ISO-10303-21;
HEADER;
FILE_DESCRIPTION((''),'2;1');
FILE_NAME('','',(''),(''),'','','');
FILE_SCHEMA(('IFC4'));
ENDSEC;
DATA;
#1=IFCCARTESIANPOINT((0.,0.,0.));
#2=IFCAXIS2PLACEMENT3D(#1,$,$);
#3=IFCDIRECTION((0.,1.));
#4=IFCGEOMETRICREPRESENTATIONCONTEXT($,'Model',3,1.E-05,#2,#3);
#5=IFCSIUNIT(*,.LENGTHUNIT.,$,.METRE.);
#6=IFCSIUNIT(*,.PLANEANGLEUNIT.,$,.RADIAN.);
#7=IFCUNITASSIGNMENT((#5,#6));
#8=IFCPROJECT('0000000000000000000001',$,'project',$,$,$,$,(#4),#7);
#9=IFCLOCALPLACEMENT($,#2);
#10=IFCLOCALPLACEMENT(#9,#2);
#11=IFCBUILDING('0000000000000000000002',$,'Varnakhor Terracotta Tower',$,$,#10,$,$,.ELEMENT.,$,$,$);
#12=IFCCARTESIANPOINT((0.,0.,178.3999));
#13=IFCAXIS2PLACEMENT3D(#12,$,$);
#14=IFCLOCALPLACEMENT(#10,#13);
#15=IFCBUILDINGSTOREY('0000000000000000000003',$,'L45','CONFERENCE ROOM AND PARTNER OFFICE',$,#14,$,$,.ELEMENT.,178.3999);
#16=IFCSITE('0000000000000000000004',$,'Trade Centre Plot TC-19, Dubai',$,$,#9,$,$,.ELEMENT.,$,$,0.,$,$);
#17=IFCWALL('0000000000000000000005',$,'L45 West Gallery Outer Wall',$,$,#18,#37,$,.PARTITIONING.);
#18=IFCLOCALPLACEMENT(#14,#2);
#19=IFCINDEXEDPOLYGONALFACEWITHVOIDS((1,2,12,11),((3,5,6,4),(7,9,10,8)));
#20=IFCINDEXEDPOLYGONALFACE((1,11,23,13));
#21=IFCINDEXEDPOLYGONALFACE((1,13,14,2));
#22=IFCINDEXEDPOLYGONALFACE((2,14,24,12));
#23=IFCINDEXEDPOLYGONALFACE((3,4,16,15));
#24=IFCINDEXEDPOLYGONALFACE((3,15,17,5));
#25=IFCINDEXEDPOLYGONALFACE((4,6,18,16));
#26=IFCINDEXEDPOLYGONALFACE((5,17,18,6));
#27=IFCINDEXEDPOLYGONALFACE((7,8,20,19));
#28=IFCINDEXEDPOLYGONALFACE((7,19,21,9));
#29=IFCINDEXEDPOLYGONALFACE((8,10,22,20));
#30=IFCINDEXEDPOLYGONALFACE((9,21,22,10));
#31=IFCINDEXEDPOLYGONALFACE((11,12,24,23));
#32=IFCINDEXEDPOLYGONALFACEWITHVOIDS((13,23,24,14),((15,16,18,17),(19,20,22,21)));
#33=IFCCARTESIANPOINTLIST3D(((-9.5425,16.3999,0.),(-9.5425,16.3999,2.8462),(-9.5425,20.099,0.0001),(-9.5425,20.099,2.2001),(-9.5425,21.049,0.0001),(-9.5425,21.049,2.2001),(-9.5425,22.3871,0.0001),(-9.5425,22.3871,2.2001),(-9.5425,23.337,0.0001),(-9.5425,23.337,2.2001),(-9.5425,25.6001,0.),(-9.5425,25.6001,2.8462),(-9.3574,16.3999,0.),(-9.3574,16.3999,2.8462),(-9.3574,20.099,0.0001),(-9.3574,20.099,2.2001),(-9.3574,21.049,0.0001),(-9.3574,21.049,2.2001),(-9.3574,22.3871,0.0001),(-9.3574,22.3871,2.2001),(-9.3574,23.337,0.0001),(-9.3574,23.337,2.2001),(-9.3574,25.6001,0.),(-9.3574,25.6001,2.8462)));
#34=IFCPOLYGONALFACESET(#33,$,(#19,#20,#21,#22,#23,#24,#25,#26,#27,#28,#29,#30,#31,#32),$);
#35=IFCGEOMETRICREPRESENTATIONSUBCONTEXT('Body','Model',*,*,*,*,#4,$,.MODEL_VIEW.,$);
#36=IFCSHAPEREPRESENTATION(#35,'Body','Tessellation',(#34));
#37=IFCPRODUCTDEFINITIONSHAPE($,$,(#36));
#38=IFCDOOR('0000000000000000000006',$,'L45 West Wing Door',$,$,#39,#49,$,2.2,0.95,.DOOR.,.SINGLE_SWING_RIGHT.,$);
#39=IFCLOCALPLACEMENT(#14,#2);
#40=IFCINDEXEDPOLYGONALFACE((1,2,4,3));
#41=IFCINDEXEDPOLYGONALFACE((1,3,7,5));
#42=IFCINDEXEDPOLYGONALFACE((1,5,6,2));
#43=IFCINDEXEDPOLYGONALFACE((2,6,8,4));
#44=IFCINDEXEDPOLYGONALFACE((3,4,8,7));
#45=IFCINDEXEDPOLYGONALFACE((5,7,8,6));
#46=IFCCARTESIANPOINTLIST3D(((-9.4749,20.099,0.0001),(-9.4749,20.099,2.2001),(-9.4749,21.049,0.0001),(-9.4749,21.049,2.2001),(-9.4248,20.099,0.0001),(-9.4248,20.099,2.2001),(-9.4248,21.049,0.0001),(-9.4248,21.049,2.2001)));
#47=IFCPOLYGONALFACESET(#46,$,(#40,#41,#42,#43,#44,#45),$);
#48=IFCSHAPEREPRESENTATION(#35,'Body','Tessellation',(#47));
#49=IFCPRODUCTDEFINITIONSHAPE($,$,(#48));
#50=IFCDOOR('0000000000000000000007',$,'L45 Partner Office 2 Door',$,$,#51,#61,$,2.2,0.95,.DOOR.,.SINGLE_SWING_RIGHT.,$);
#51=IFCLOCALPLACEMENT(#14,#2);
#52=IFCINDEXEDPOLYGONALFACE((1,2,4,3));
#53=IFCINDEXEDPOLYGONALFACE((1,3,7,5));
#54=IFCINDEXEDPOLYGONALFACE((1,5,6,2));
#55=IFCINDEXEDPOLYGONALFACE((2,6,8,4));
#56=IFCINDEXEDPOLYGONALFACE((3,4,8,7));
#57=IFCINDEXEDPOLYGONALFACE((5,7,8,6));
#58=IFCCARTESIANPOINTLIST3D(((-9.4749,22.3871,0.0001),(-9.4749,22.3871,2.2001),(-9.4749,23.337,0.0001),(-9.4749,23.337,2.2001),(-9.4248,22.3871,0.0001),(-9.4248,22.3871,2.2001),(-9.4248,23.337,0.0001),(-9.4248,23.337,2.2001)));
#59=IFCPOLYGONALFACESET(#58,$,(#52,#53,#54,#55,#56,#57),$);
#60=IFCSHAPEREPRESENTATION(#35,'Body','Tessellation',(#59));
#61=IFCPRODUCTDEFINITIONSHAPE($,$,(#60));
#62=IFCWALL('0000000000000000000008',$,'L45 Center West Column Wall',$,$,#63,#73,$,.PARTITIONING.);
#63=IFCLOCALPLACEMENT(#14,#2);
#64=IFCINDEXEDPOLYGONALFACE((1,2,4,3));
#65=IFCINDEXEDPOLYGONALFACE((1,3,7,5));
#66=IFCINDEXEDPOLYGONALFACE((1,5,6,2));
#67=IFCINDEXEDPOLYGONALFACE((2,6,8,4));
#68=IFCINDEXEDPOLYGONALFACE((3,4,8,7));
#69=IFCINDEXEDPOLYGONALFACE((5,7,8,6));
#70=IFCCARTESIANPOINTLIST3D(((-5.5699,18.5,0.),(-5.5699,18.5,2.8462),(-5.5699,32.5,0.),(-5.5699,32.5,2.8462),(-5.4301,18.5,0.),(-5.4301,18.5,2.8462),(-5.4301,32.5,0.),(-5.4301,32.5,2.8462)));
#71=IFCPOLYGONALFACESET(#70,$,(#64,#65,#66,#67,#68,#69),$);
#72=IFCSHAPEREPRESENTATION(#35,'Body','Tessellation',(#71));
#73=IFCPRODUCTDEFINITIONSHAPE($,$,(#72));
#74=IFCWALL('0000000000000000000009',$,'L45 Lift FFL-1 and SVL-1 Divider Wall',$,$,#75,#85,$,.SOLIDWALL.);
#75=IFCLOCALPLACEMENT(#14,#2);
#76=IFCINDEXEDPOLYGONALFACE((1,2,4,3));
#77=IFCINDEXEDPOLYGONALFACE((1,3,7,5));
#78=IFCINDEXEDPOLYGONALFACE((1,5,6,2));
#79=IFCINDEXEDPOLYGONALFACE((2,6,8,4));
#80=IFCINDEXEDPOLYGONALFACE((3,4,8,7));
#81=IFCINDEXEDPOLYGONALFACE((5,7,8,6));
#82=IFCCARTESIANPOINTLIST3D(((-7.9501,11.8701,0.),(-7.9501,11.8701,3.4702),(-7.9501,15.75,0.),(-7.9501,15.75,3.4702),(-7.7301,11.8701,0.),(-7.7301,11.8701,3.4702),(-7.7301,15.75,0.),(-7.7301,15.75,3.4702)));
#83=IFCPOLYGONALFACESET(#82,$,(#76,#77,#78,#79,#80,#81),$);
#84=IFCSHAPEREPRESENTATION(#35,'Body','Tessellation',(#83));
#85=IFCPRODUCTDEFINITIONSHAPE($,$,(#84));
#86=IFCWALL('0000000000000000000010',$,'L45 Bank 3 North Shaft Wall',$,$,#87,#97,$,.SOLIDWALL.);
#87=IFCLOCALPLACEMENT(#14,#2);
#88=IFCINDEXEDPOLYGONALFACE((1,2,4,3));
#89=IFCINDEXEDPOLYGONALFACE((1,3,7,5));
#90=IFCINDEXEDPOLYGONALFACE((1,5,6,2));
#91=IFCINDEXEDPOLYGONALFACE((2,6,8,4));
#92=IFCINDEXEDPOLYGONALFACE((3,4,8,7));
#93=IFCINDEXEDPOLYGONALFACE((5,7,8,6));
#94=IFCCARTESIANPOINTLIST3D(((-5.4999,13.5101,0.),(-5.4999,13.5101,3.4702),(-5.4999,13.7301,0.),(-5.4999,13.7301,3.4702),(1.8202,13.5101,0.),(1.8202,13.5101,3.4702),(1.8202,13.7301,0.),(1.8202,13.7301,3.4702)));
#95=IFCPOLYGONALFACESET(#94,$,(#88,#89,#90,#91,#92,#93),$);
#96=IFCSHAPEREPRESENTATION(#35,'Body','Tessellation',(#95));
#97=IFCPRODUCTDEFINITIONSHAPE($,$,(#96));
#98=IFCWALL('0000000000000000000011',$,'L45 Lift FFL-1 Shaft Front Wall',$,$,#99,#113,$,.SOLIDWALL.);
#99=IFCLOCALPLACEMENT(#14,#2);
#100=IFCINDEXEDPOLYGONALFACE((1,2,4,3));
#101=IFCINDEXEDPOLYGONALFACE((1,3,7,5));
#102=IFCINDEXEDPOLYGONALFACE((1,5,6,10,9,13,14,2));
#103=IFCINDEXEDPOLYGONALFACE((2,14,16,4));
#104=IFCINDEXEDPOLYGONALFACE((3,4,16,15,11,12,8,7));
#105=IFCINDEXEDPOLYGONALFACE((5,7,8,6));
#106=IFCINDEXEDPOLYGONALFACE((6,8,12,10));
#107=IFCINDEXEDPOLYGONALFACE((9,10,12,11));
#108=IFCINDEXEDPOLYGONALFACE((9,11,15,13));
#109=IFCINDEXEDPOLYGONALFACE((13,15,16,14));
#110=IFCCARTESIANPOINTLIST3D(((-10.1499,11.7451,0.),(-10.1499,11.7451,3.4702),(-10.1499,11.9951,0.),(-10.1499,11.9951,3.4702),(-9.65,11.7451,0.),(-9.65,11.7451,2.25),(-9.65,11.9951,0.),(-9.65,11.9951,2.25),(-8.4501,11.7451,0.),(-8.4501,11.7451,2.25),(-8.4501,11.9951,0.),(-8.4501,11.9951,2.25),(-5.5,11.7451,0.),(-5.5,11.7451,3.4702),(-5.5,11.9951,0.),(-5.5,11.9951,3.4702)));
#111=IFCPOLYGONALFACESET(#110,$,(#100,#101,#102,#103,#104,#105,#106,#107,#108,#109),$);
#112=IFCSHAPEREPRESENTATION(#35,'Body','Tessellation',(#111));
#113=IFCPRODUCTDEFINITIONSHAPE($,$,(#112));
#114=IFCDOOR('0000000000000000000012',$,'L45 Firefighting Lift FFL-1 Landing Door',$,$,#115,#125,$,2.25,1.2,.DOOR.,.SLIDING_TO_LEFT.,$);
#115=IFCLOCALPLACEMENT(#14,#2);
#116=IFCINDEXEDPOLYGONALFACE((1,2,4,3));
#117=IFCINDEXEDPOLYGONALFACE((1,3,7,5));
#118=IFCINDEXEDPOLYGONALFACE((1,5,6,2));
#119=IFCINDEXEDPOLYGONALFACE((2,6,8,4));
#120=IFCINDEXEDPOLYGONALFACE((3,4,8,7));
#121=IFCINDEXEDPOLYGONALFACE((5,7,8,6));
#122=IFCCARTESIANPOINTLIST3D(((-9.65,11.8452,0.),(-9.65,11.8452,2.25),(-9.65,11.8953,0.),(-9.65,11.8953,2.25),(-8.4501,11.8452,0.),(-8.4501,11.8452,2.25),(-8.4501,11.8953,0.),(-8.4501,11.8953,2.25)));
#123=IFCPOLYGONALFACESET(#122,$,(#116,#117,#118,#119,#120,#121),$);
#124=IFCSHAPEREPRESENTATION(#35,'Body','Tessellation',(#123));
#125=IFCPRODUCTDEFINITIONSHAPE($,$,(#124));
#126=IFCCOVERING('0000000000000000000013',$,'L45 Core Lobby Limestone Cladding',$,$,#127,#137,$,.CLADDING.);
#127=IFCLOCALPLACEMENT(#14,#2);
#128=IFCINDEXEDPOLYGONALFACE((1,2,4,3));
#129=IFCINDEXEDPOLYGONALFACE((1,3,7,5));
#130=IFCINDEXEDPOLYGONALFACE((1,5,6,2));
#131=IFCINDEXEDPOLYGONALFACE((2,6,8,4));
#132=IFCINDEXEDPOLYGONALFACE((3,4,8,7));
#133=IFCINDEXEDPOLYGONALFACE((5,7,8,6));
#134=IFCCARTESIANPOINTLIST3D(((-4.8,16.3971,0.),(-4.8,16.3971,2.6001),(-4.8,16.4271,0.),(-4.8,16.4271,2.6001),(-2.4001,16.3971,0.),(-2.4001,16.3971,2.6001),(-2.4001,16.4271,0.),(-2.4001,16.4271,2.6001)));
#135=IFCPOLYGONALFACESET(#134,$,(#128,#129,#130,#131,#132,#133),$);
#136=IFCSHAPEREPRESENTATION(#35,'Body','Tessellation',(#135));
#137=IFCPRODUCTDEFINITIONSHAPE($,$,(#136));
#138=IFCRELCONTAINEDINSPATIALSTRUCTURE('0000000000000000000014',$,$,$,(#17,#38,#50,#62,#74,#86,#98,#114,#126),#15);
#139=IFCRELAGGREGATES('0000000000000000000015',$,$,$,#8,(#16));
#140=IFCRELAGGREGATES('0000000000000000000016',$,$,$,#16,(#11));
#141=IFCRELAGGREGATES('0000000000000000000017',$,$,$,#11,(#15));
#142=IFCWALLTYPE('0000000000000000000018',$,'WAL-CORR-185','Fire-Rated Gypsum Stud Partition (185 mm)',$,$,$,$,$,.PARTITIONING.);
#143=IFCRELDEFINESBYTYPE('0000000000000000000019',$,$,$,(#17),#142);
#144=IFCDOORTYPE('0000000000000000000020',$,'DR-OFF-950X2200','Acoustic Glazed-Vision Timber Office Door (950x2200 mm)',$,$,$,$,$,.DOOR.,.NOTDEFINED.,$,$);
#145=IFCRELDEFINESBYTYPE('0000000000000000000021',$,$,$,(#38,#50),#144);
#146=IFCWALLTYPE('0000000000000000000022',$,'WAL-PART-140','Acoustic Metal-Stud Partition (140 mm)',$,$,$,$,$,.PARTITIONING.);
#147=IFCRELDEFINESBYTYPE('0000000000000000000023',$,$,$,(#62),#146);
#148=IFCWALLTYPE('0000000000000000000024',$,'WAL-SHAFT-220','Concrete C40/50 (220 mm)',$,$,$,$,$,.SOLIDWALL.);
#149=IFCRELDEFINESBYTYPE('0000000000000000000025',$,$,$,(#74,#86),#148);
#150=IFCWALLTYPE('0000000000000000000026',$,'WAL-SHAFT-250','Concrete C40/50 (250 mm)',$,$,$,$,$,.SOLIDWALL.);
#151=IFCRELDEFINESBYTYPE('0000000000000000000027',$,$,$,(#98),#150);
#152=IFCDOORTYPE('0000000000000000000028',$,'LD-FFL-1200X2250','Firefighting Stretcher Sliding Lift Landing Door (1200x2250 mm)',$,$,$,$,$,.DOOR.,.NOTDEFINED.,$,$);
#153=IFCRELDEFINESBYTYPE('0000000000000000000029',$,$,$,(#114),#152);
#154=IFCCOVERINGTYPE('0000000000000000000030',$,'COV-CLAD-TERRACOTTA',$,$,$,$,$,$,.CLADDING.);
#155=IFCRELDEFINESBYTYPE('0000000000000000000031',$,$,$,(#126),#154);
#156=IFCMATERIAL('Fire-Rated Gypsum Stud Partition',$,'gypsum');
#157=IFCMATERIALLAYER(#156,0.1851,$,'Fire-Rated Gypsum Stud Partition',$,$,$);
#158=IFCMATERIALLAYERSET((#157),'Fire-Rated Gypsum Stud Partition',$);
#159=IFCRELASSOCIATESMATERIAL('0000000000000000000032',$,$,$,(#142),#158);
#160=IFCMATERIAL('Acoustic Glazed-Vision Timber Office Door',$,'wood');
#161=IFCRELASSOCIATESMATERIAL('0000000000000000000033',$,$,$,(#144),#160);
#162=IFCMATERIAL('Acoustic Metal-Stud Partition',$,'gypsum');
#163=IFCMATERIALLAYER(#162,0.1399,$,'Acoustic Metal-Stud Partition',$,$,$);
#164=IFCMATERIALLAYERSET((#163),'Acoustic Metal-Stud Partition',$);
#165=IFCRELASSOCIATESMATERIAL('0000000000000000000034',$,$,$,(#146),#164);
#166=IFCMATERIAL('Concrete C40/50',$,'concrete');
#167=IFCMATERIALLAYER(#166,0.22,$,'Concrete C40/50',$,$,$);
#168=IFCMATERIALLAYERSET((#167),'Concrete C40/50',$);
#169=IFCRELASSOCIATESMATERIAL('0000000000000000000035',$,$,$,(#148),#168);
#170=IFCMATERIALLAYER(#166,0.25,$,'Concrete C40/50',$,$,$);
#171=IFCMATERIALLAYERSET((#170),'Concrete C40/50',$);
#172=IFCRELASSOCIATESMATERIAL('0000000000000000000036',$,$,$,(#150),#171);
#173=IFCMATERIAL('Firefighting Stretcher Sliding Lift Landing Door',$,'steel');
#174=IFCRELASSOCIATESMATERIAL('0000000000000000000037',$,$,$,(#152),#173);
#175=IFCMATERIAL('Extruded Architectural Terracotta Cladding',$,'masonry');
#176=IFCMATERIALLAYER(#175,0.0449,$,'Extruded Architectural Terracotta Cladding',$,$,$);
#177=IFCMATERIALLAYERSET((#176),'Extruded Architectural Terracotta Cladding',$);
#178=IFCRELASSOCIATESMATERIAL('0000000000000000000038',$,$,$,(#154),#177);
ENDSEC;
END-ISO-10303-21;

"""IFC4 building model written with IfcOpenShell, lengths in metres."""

from ifc_helpers import new_model, si_unit, direction, frame, frame_2d, origin, origin_2d, place, context, subcontext, project, spatial, rectangle, extrude, source, transform, mapped, material, layer, layer_set, type_object, type_shapes, element, fill, save


model = new_model("IFC4")

# Units and contexts
model_context = context("Model", 3, precision=1e-05, world=origin(), true_north=direction((0.0, 1.0)))
body_context = subcontext(model_context, "Body", "Model", "MODEL_VIEW")
ifc_project = project(units=[si_unit("LENGTHUNIT", "METRE"), si_unit("PLANEANGLEUNIT", "RADIAN")], contexts=[model_context])

# Site, building, storey
site_placement = place(None, origin())
site = spatial("IfcSite", under=ifc_project, at=site_placement, Name="Trade Centre Plot TC-19, Dubai", CompositionType="ELEMENT", RefElevation=0.0)
building_placement = place(site_placement, origin())
building = spatial("IfcBuilding", under=site, at=building_placement, Name="Varnakhor Terracotta Tower", CompositionType="ELEMENT")
storey_placement = place(building_placement, frame((0.0, 0.0, 178.3999)))
storey = spatial("IfcBuildingStorey", under=building, at=storey_placement, Name="L45", Description="CONFERENCE ROOM AND PARTNER OFFICE", CompositionType="ELEMENT", Elevation=178.3999)

# Shared definitions
ifc_material_1 = material(Name="Fire-Rated Gypsum Stud Partition", Category="gypsum")
ifc_layer_1 = layer(ifc_material_1, 0.1851, Name="Fire-Rated Gypsum Stud Partition")
ifc_layer_set_1 = layer_set([ifc_layer_1], Name="Fire-Rated Gypsum Stud Partition")
wall_type_1 = type_object("IfcWallType", Name="WAL-CORR-185", Description="Fire-Rated Gypsum Stud Partition (185 mm)", PredefinedType="PARTITIONING", material=ifc_layer_set_1)
ifc_material_2 = material(Name="Acoustic Glazed-Vision Timber Office Door", Category="wood")
door_type_1 = type_object("IfcDoorType", Name="DR-OFF-950X2200", Description="Acoustic Glazed-Vision Timber Office Door (950x2200 mm)", OperationType="NOTDEFINED", PredefinedType="DOOR", material=ifc_material_2)
shared_shape_1 = source(origin(), body_context, "Body", "SweptSolid", [
    extrude(rectangle(XDim=0.95, YDim=2.2, at=frame_2d((0.4751, 1.1001))), frame((0.0, 0.0249, 0.0), z_axis=(0.0, -1.0, 0.0), x_axis=(1.0, 0.0, 0.0)), (0.0, 0.0, 1.0), 0.05),
])
type_shapes(door_type_1, [shared_shape_1])

# Wall, openings, doors
wall_1_placement = place(storey_placement, frame((-9.45, 16.3999, 0.0), z_axis=(0.0, 0.0, 1.0), x_axis=(0.0, 1.0, 0.0)))
wall_1 = element("IfcWall", 1, at=wall_1_placement, inside=storey, type_object=wall_type_1, Name="L45 West Gallery Outer Wall", PredefinedType="PARTITIONING", context=body_context, shape_type="SweptSolid", body=[
    extrude(rectangle(XDim=9.2002, YDim=0.1851, at=frame_2d((4.6001, 0.0))), origin(), (0.0, 0.0, 1.0), 2.8462),
])
opening_1_placement = place(wall_1_placement, frame((3.699, 0.0, 0.0)))
opening_1 = element("IfcOpeningElement", 2, at=opening_1_placement, cuts=wall_1, PredefinedType="OPENING", context=body_context, shape_type="SweptSolid", body=[
    extrude(rectangle(XDim=0.95, YDim=2.2, at=frame_2d((0.4751, 1.1001))), frame((0.0, 0.1025, 0.0), z_axis=(0.0, -1.0, 0.0), x_axis=(1.0, 0.0, 0.0)), (0.0, 0.0, 1.0), 0.2051),
])
opening_2_placement = place(wall_1_placement, frame((5.9871, 0.0, 0.0)))
opening_2 = element("IfcOpeningElement", 3, at=opening_2_placement, cuts=wall_1, PredefinedType="OPENING", context=body_context, shape_type="SweptSolid", body=[
    extrude(rectangle(XDim=0.95, YDim=2.2, at=frame_2d((0.4751, 1.1001))), frame((0.0, 0.1025, 0.0), z_axis=(0.0, -1.0, 0.0), x_axis=(1.0, 0.0, 0.0)), (0.0, 0.0, 1.0), 0.2051),
])
door_1_placement = place(opening_1_placement, origin())
door_1 = element("IfcDoor", 4, at=door_1_placement, inside=storey, type_object=door_type_1, Name="L45 West Wing Door", OperationType="SINGLE_SWING_RIGHT", OverallHeight=2.2, OverallWidth=0.95, PredefinedType="DOOR", context=body_context, shape_type="MappedRepresentation", body=[
    mapped(shared_shape_1, transform((0.0, 0.0, 0.0), scale=1.0)),
])
fill(opening_1, door_1)
door_2_placement = place(opening_2_placement, origin())
door_2 = element("IfcDoor", 5, at=door_2_placement, inside=storey, type_object=door_type_1, Name="L45 Partner Office 2 Door", OperationType="SINGLE_SWING_RIGHT", OverallHeight=2.2, OverallWidth=0.95, PredefinedType="DOOR", context=body_context, shape_type="MappedRepresentation", body=[
    mapped(shared_shape_1, transform((0.0, 0.0, 0.0), scale=1.0)),
])
fill(opening_2, door_2)

# Walls
ifc_material_3 = material(Name="Acoustic Metal-Stud Partition", Category="gypsum")
ifc_layer_2 = layer(ifc_material_3, 0.1399, Name="Acoustic Metal-Stud Partition")
ifc_layer_set_2 = layer_set([ifc_layer_2], Name="Acoustic Metal-Stud Partition")
wall_type_2 = type_object("IfcWallType", Name="WAL-PART-140", Description="Acoustic Metal-Stud Partition (140 mm)", PredefinedType="PARTITIONING", material=ifc_layer_set_2)
wall_2_placement = place(storey_placement, frame((-5.5, 18.5, 0.0), z_axis=(0.0, 0.0, 1.0), x_axis=(0.0, 1.0, 0.0)))
element("IfcWall", 6, at=wall_2_placement, inside=storey, type_object=wall_type_2, Name="L45 Center West Column Wall", PredefinedType="PARTITIONING", context=body_context, shape_type="SweptSolid", body=[
    extrude(rectangle(XDim=14.0, YDim=0.1399, at=frame_2d((7.0, 0.0))), origin(), (0.0, 0.0, 1.0), 2.8462),
])
ifc_material_4 = material(Name="Concrete C40/50", Category="concrete")
ifc_layer_3 = layer(ifc_material_4, 0.22, Name="Concrete C40/50")
ifc_layer_set_3 = layer_set([ifc_layer_3], Name="Concrete C40/50")
wall_type_3 = type_object("IfcWallType", Name="WAL-SHAFT-220", Description="Concrete C40/50 (220 mm)", PredefinedType="SOLIDWALL", material=ifc_layer_set_3)
wall_3_placement = place(storey_placement, frame((-7.8401, 11.8701, 0.0), z_axis=(0.0, 0.0, 1.0), x_axis=(0.0, 1.0, 0.0)))
element("IfcWall", 7, at=wall_3_placement, inside=storey, type_object=wall_type_3, Name="L45 Lift FFL-1 and SVL-1 Divider Wall", PredefinedType="SOLIDWALL", context=body_context, shape_type="SweptSolid", body=[
    extrude(rectangle(XDim=3.8799, YDim=0.22, at=frame_2d((1.9399, 0.0))), origin(), (0.0, 0.0, 1.0), 3.4702),
])
wall_4_placement = place(storey_placement, frame((-5.5, 13.6201, 0.0), z_axis=(0.0, 0.0, 1.0), x_axis=(1.0, 0.0, 0.0)))
element("IfcWall", 8, at=wall_4_placement, inside=storey, type_object=wall_type_3, Name="L45 Bank 3 North Shaft Wall", PredefinedType="SOLIDWALL", context=body_context, shape_type="SweptSolid", body=[
    extrude(rectangle(XDim=7.3201, YDim=0.22, at=frame_2d((3.6602, 0.0))), origin(), (0.0, 0.0, 1.0), 3.4702),
])

# Wall, opening, door
ifc_layer_4 = layer(ifc_material_4, 0.25, Name="Concrete C40/50")
ifc_layer_set_4 = layer_set([ifc_layer_4], Name="Concrete C40/50")
wall_type_4 = type_object("IfcWallType", Name="WAL-SHAFT-250", Description="Concrete C40/50 (250 mm)", PredefinedType="SOLIDWALL", material=ifc_layer_set_4)
wall_5_placement = place(storey_placement, frame((-5.5, 11.8701, 0.0), z_axis=(0.0, 0.0, 1.0), x_axis=(-1.0, 0.0, 0.0)))
wall_5 = element("IfcWall", 9, at=wall_5_placement, inside=storey, type_object=wall_type_4, Name="L45 Lift FFL-1 Shaft Front Wall", PredefinedType="SOLIDWALL", context=body_context, shape_type="SweptSolid", body=[
    extrude(rectangle(XDim=4.6499, YDim=0.25, at=frame_2d((2.325, 0.0))), origin(), (0.0, 0.0, 1.0), 3.4702),
])
opening_3_placement = place(wall_5_placement, frame((2.95, 0.0, 0.0)))
opening_3 = element("IfcOpeningElement", 10, at=opening_3_placement, cuts=wall_5, PredefinedType="OPENING", context=body_context, shape_type="SweptSolid", body=[
    extrude(rectangle(XDim=1.2, YDim=2.25, at=frame_2d((0.6001, 1.125))), frame((0.0, 0.135, 0.0), z_axis=(0.0, -1.0, 0.0), x_axis=(1.0, 0.0, 0.0)), (0.0, 0.0, 1.0), 0.27),
])
ifc_material_5 = material(Name="Firefighting Stretcher Sliding Lift Landing Door", Category="steel")
door_type_2 = type_object("IfcDoorType", Name="LD-FFL-1200X2250", Description="Firefighting Stretcher Sliding Lift Landing Door (1200x2250 mm)", OperationType="NOTDEFINED", PredefinedType="DOOR", material=ifc_material_5)
shared_shape_2 = source(origin(), body_context, "Body", "SweptSolid", [
    extrude(rectangle(XDim=1.2, YDim=2.25, at=frame_2d((0.6001, 1.125))), frame((0.0, 0.0249, 0.0), z_axis=(0.0, -1.0, 0.0), x_axis=(1.0, 0.0, 0.0)), (0.0, 0.0, 1.0), 0.05),
])
type_shapes(door_type_2, [shared_shape_2])
door_3_placement = place(opening_3_placement, origin())
door_3 = element("IfcDoor", 11, at=door_3_placement, inside=storey, type_object=door_type_2, Name="L45 Firefighting Lift FFL-1 Landing Door", OperationType="SLIDING_TO_LEFT", OverallHeight=2.25, OverallWidth=1.2, PredefinedType="DOOR", context=body_context, shape_type="MappedRepresentation", body=[
    mapped(shared_shape_2, transform((0.0, 0.0, 0.0), scale=1.0)),
])
fill(opening_3, door_3)

# Covering
ifc_material_6 = material(Name="Extruded Architectural Terracotta Cladding", Category="masonry")
ifc_layer_5 = layer(ifc_material_6, 0.0449, Name="Extruded Architectural Terracotta Cladding")
ifc_layer_set_5 = layer_set([ifc_layer_5], Name="Extruded Architectural Terracotta Cladding")
covering_type = type_object("IfcCoveringType", Name="COV-CLAD-TERRACOTTA", PredefinedType="CLADDING", material=ifc_layer_set_5)
shared_shape_3 = source(origin(), body_context, "Body", "SweptSolid", [
    extrude(rectangle(XDim=2.3999, YDim=0.03, at=origin_2d()), origin(), (0.0, 0.0, 1.0), 2.6001),
])
type_shapes(covering_type, [shared_shape_3])
covering_placement = place(storey_placement, frame((-3.6001, 16.4121, 0.0), z_axis=(0.0, 0.0, 1.0), x_axis=(1.0, 0.0, 0.0)))
element("IfcCovering", 12, at=covering_placement, inside=storey, type_object=covering_type, Name="L45 Core Lobby Limestone Cladding", PredefinedType="CLADDING", context=body_context, shape_type="MappedRepresentation", body=[
    mapped(shared_shape_3, transform((0.0, 0.0, 0.0), scale=1.0)),
])

save(model, "model.ifc")
